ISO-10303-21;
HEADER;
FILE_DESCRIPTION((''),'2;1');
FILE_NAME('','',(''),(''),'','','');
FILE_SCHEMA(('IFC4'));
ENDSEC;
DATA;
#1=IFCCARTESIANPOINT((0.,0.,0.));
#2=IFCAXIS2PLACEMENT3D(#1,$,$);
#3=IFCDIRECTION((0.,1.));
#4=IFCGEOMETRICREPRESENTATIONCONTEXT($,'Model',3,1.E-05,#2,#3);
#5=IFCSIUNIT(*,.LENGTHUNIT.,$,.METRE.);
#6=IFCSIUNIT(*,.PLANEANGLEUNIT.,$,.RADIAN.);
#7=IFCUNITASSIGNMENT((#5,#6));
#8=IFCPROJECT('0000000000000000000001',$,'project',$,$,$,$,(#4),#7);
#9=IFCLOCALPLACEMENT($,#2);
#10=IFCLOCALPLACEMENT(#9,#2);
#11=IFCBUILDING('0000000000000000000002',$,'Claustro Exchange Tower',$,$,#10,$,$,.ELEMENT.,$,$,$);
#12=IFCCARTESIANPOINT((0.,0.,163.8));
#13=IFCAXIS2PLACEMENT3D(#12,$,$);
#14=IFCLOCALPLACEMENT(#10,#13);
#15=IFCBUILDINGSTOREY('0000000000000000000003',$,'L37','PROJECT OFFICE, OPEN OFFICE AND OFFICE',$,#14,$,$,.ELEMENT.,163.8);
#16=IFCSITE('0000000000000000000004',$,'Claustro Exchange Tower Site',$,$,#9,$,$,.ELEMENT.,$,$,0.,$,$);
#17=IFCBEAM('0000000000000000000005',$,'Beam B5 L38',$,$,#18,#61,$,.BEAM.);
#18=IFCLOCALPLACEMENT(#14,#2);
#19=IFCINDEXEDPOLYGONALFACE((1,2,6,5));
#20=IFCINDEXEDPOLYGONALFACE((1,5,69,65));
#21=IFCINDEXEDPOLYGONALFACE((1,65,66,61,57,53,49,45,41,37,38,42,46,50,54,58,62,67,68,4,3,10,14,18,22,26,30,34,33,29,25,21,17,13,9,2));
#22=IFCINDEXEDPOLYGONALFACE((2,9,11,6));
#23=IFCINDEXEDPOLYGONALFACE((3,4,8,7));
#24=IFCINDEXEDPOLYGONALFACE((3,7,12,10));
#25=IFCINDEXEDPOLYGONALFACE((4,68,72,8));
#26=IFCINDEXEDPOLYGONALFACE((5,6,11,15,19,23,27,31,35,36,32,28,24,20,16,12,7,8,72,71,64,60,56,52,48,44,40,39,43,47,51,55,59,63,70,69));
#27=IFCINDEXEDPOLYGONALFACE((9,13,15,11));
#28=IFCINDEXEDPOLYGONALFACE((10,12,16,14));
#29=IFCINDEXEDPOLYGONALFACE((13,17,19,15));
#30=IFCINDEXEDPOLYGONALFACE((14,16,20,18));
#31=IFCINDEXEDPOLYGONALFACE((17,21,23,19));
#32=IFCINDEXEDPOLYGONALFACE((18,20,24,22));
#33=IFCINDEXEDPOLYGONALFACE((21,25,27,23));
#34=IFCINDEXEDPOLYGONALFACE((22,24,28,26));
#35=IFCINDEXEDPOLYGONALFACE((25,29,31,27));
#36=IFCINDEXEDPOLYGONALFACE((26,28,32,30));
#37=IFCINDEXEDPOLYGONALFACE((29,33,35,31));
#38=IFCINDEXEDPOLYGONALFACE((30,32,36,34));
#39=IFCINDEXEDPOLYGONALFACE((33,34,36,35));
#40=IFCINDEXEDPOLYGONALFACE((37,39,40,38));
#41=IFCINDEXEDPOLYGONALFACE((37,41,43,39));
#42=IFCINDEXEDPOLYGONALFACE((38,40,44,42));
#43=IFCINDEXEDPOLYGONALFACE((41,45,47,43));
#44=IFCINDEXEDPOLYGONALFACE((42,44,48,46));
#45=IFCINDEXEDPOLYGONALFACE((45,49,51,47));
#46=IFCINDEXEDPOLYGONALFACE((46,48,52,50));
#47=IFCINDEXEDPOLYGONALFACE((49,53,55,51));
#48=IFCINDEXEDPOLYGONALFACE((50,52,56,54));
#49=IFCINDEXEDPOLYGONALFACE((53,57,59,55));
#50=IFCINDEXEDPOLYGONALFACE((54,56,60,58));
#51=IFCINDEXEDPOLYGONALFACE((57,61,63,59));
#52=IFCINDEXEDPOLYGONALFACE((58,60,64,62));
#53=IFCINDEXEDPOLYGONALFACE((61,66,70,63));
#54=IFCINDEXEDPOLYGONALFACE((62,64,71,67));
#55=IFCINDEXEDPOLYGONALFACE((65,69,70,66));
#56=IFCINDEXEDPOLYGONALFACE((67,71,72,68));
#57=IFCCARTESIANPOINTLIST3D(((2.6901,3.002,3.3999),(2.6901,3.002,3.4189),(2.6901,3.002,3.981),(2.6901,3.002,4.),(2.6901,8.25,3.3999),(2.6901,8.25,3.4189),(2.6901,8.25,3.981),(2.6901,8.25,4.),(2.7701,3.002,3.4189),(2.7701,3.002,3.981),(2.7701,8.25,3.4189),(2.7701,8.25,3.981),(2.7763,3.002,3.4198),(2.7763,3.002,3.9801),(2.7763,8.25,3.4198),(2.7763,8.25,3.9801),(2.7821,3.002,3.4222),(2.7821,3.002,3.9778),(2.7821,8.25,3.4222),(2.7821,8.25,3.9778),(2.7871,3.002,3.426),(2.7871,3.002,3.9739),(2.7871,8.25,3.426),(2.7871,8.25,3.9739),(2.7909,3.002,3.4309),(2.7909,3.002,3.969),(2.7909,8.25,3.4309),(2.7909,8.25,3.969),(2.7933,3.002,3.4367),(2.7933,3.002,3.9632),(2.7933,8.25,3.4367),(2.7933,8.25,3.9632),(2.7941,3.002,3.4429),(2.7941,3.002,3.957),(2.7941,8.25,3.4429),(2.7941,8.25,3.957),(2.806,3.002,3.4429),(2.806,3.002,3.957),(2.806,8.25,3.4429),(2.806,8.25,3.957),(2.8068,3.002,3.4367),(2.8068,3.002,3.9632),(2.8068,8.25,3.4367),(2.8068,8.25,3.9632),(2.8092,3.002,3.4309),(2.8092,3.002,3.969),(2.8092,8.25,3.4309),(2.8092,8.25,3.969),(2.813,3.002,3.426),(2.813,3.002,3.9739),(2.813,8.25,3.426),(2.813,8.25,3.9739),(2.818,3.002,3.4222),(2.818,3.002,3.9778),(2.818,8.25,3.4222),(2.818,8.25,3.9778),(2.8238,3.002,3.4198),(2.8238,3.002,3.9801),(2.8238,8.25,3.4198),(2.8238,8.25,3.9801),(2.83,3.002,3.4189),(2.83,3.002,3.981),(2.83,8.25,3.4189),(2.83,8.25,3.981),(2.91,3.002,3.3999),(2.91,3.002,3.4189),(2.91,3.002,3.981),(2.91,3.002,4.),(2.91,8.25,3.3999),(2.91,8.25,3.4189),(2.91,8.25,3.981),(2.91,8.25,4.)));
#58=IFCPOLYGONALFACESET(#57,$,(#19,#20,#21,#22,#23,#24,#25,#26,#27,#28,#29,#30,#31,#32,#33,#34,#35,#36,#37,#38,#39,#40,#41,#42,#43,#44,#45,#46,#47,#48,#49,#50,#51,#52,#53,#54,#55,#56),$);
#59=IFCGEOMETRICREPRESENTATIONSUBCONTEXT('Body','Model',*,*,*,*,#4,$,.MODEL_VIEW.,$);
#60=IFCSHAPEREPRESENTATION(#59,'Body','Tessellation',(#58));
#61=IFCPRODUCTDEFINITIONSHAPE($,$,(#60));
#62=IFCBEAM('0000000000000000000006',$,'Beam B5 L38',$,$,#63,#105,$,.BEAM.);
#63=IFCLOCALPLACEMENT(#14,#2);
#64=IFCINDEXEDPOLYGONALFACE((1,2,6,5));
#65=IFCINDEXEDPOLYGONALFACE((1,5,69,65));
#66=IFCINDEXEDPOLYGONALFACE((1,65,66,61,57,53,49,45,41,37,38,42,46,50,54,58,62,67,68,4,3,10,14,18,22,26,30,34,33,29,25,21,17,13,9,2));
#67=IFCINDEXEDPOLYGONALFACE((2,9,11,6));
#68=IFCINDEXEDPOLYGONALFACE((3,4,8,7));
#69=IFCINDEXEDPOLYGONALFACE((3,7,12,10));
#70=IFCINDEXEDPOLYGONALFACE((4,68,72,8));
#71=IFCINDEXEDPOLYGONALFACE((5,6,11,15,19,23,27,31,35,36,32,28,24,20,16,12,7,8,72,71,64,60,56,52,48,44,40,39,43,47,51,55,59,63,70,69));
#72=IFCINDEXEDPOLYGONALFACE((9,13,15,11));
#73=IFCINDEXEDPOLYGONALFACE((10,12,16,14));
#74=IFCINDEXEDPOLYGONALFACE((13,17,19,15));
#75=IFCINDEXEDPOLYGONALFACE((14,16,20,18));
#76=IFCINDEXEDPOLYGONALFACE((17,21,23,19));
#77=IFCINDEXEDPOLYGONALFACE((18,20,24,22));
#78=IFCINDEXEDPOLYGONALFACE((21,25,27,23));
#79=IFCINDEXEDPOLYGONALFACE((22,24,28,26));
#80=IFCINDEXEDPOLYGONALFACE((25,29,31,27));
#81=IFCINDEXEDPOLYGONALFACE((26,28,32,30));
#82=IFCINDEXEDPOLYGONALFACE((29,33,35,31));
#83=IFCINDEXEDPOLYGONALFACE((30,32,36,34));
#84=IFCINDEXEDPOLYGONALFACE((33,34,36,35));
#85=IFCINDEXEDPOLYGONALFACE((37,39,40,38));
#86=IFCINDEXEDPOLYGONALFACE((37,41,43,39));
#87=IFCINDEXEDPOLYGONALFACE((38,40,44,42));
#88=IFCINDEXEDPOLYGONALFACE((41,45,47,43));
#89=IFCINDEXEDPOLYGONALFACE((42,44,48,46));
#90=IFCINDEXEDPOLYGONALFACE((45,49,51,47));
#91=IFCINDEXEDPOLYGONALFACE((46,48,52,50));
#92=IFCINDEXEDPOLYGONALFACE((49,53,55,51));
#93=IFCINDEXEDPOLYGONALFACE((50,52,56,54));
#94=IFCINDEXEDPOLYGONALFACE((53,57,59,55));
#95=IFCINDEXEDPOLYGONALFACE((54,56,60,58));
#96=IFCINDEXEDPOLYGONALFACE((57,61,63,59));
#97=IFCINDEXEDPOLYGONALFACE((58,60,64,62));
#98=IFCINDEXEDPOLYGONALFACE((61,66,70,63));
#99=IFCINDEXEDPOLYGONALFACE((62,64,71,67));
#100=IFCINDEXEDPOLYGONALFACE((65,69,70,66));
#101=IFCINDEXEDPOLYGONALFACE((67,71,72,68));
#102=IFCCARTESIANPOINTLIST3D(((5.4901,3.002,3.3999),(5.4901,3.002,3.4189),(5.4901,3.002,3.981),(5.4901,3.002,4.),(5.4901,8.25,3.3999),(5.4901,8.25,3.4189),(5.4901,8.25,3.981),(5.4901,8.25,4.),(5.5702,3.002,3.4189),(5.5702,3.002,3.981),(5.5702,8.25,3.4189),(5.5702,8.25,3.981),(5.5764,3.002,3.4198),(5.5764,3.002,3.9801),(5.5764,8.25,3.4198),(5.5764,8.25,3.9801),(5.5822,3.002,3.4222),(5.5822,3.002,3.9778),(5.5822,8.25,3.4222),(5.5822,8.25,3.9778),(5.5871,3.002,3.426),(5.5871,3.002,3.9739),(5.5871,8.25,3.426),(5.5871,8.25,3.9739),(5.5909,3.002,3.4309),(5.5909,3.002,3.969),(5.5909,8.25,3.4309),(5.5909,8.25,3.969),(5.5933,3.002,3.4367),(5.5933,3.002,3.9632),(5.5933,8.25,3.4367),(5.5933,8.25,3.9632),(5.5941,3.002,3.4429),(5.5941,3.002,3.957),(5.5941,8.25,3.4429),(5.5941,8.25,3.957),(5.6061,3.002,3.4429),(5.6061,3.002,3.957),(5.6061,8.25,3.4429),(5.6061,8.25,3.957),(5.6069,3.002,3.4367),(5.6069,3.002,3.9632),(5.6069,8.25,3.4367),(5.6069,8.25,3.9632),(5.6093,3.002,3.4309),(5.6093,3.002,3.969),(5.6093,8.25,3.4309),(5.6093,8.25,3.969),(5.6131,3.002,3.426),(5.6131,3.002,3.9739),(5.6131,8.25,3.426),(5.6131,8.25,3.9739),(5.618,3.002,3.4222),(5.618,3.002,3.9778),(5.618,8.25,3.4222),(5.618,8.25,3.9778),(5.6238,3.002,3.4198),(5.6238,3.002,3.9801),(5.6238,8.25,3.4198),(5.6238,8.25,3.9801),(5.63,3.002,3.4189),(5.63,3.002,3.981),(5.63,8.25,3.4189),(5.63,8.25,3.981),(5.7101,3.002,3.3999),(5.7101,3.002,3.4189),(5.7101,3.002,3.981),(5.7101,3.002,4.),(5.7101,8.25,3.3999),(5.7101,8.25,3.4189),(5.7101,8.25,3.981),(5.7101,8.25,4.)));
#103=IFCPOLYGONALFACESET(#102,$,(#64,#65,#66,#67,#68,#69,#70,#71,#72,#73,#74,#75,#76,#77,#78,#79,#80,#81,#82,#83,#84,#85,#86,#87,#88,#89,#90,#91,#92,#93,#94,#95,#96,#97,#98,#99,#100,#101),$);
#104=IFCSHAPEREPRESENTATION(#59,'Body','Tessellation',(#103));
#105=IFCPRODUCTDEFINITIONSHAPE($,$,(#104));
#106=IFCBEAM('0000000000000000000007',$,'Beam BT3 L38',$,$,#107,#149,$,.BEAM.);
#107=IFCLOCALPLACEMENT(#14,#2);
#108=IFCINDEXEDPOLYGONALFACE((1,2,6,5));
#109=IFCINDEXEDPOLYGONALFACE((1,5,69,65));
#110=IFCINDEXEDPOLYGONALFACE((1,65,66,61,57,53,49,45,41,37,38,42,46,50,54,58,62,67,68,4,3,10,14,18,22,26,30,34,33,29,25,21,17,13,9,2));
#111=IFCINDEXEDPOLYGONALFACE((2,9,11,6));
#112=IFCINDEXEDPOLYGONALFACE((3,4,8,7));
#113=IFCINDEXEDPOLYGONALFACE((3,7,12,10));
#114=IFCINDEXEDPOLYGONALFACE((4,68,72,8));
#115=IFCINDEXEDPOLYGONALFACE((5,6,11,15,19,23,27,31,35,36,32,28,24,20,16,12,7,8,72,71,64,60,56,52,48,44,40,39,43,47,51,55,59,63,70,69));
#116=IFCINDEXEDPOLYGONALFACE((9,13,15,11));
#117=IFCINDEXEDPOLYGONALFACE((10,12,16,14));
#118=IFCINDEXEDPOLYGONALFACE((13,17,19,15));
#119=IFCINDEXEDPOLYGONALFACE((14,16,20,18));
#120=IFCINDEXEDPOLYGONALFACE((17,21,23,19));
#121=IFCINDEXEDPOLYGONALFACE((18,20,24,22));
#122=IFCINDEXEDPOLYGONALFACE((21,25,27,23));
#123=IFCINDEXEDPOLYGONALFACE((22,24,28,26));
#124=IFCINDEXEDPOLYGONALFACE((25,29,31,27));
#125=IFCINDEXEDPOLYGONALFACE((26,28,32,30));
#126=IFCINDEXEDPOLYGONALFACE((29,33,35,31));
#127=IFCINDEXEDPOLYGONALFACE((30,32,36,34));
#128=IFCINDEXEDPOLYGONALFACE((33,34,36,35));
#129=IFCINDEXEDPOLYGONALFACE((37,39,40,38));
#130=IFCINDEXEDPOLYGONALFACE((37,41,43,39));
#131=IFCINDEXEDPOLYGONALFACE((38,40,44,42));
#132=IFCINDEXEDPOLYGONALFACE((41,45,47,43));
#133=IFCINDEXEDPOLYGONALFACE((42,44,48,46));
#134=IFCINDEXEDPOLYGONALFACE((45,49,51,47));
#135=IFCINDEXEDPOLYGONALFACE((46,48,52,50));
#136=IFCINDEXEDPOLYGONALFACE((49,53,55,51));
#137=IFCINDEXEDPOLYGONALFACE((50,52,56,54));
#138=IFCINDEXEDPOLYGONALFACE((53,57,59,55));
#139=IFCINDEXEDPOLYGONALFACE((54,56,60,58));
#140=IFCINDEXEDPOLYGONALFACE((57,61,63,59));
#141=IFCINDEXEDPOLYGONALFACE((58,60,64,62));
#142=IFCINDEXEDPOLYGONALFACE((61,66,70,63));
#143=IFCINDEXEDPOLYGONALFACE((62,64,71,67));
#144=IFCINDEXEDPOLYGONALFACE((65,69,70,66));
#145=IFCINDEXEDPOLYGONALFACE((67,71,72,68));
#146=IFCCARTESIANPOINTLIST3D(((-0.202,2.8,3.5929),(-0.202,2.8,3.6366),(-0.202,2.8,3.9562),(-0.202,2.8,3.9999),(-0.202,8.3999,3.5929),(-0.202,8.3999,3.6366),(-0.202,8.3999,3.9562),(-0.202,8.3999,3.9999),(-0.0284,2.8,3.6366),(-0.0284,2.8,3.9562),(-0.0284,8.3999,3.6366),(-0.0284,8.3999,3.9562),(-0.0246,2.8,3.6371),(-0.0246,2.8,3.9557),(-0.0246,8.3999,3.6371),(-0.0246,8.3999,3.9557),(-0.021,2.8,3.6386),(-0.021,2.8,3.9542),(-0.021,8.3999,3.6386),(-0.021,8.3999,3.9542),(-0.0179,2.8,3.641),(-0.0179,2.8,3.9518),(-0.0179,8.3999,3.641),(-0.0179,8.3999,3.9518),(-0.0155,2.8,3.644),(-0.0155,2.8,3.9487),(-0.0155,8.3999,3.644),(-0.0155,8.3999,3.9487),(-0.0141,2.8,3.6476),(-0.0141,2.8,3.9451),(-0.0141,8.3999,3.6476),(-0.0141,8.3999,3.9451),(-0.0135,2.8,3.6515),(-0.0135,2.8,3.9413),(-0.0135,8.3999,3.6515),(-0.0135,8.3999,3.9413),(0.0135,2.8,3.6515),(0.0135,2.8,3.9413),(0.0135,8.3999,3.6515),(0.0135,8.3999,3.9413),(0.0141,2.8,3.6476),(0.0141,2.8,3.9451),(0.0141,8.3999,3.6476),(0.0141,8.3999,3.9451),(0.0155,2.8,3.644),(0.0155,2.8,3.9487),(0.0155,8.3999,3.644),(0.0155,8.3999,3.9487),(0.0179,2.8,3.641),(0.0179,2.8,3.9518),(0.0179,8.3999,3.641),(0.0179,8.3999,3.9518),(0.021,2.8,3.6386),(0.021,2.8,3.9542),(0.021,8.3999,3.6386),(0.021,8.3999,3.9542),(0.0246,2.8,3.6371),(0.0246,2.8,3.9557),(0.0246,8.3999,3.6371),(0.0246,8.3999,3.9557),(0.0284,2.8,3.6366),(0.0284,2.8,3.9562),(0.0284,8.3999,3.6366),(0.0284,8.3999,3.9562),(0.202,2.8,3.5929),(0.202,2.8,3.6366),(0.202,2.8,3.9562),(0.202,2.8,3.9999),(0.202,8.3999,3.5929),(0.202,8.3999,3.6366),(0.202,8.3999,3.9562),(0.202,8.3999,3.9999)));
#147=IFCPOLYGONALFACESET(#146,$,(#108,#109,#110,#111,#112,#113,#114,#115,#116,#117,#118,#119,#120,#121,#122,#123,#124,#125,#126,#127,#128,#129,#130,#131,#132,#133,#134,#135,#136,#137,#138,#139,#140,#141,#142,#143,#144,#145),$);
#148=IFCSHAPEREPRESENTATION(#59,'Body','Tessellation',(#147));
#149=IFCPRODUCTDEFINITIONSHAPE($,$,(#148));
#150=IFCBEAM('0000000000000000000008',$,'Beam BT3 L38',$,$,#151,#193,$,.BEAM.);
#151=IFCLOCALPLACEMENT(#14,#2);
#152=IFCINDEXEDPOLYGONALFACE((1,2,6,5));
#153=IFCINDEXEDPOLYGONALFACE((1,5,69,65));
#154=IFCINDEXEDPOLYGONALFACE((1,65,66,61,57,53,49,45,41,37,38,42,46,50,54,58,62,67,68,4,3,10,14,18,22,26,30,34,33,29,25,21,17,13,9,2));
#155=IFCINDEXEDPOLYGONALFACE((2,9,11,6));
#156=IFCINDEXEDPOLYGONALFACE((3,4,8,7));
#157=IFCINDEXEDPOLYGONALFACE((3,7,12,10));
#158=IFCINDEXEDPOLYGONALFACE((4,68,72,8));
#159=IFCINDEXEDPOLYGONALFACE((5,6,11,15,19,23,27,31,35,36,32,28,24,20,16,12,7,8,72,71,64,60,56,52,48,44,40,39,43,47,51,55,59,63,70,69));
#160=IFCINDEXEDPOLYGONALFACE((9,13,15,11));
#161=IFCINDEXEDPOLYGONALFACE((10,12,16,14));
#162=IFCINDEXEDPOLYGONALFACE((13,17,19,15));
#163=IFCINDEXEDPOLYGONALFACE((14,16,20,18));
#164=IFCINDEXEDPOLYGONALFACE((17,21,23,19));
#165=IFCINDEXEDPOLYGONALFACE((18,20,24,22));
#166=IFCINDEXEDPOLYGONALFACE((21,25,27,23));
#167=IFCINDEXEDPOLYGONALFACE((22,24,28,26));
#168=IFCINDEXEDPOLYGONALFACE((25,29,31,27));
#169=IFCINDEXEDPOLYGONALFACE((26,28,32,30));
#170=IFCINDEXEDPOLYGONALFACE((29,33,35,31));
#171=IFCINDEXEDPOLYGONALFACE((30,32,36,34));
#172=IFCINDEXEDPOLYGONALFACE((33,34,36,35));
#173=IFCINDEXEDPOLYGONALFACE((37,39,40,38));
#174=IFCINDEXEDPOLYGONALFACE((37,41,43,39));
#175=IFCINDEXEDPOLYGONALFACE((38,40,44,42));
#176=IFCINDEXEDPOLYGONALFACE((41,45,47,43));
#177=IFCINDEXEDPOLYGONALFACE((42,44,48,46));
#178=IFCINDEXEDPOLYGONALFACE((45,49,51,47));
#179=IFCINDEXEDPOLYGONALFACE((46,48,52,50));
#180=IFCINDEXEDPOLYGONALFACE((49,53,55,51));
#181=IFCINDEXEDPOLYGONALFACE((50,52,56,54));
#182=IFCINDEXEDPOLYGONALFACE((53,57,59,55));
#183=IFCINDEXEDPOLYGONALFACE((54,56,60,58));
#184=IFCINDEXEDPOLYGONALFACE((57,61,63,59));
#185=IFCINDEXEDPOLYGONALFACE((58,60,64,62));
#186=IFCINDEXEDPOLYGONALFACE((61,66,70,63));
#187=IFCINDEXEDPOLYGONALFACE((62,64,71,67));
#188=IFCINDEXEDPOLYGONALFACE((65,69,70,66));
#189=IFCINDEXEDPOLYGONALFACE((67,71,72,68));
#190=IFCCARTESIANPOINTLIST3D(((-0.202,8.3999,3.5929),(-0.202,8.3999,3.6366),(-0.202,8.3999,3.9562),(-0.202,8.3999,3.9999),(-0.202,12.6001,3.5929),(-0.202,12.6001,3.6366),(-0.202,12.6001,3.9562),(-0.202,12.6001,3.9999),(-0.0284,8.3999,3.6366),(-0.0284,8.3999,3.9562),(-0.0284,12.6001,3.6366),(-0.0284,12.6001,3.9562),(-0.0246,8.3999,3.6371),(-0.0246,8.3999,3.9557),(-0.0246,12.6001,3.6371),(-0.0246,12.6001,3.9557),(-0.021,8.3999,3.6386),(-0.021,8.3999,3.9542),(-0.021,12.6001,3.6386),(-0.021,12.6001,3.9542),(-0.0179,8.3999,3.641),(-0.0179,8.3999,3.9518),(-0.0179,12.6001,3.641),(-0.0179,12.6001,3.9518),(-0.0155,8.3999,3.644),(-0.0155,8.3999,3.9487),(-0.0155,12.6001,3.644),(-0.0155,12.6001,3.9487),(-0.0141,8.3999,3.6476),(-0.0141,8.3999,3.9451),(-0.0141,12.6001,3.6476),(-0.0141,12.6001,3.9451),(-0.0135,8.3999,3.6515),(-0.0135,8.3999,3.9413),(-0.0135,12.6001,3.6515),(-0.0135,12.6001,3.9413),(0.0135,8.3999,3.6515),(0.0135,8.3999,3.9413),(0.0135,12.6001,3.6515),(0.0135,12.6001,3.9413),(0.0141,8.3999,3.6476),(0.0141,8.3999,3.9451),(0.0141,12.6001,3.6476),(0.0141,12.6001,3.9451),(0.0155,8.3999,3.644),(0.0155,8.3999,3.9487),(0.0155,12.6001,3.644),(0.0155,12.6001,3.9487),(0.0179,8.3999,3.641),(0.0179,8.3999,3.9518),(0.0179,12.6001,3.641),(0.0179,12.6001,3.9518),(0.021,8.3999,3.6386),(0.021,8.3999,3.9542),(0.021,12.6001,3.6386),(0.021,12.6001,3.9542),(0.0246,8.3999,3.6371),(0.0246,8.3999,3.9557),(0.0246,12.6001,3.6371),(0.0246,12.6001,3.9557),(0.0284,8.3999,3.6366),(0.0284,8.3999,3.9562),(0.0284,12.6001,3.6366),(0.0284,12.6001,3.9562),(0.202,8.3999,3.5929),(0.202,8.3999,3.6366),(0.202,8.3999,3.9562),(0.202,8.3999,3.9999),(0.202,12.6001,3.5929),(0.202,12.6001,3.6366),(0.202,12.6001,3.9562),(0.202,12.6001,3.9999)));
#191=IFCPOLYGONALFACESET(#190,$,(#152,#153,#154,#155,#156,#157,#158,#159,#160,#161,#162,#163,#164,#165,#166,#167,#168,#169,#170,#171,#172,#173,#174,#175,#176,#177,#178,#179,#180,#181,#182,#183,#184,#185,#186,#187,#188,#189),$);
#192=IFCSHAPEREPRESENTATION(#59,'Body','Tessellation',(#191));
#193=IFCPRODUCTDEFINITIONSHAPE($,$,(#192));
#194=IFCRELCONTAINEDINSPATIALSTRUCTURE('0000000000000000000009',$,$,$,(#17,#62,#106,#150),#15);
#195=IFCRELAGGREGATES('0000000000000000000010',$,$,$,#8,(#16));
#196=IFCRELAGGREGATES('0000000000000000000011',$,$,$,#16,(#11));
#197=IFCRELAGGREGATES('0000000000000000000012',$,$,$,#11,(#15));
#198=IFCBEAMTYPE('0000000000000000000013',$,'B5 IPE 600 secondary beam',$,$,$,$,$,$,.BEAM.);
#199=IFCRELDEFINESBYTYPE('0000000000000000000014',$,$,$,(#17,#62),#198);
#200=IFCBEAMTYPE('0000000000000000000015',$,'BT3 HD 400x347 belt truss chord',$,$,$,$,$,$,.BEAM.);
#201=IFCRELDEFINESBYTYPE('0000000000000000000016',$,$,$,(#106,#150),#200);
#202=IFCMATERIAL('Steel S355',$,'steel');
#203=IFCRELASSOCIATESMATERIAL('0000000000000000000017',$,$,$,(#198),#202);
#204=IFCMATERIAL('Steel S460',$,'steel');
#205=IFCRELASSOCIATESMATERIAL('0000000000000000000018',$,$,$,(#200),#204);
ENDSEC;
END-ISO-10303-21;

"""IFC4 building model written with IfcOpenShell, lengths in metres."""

from ifc_helpers import new_model, si_unit, direction, frame, origin, origin_2d, place, context, subcontext, project, spatial, i_section, extrude, material, material_profile, profile_set, type_object, element, save


model = new_model("IFC4")

# Units and contexts
model_context = context("Model", 3, precision=1e-05, world=origin(), true_north=direction((0.0, 1.0)))
body_context = subcontext(model_context, "Body", "Model", "MODEL_VIEW")
ifc_project = project(units=[si_unit("LENGTHUNIT", "METRE"), si_unit("PLANEANGLEUNIT", "RADIAN")], contexts=[model_context])

# Site, building, storey
site_placement = place(None, origin())
site = spatial("IfcSite", under=ifc_project, at=site_placement, Name="Claustro Exchange Tower Site", CompositionType="ELEMENT", RefElevation=0.0)
building_placement = place(site_placement, origin())
building = spatial("IfcBuilding", under=site, at=building_placement, Name="Claustro Exchange Tower", CompositionType="ELEMENT")
storey_placement = place(building_placement, frame((0.0, 0.0, 163.8)))
storey = spatial("IfcBuildingStorey", under=building, at=storey_placement, Name="L37", Description="PROJECT OFFICE, OPEN OFFICE AND OFFICE", CompositionType="ELEMENT", Elevation=163.8)

# Beams
ifc_material_1 = material(Name="Steel S355", Category="steel")
ifc_material_profile_1 = material_profile(ifc_material_1, i_section(OverallWidth=0.22, OverallDepth=0.6001, WebThickness=0.012, FlangeThickness=0.019, FilletRadius=0.0239, at=origin_2d()), Name="IPE 600")
ifc_profile_set_1 = profile_set([ifc_material_profile_1], Name="Steel S355")
beam_type_1 = type_object("IfcBeamType", Name="B5 IPE 600 secondary beam", PredefinedType="BEAM", material=ifc_profile_set_1)
for number, where, z_axis, x_axis, name in (
    (1, (2.8, 3.002, 3.7), (0.0, 1.0, 0.0), (-1.0, 0.0, 0.0), "Beam B5 L38"),
    (2, (5.6001, 3.002, 3.7), (0.0, 1.0, 0.0), (-1.0, 0.0, 0.0), "Beam B5 L38"),
):
    element("IfcBeam", number, at=place(storey_placement, frame(where, z_axis=z_axis, x_axis=x_axis)), inside=storey, type_object=beam_type_1, Name=name, PredefinedType="BEAM", context=body_context, shape_type="SweptSolid", body=[
        extrude(i_section(OverallWidth=0.22, OverallDepth=0.6001, WebThickness=0.012, FlangeThickness=0.019, FilletRadius=0.0239, at=origin_2d()), origin(), (0.0, 0.0, 1.0), 5.248),
    ])
ifc_material_2 = material(Name="Steel S460", Category="steel")
ifc_material_profile_2 = material_profile(ifc_material_2, i_section(OverallWidth=0.4041, OverallDepth=0.407, WebThickness=0.0271, FlangeThickness=0.0437, FilletRadius=0.0149, at=origin_2d()), Name="HD 400x347")
ifc_profile_set_2 = profile_set([ifc_material_profile_2], Name="Steel S460")
beam_type_2 = type_object("IfcBeamType", Name="BT3 HD 400x347 belt truss chord", PredefinedType="BEAM", material=ifc_profile_set_2)
beam_1_placement = place(storey_placement, frame((0.0, 2.8, 3.7964), z_axis=(0.0, 1.0, 0.0), x_axis=(-1.0, 0.0, 0.0)))
element("IfcBeam", 3, at=beam_1_placement, inside=storey, type_object=beam_type_2, Name="Beam BT3 L38", PredefinedType="BEAM", context=body_context, shape_type="SweptSolid", body=[
    extrude(i_section(OverallWidth=0.4041, OverallDepth=0.407, WebThickness=0.0271, FlangeThickness=0.0437, FilletRadius=0.0149, at=origin_2d()), origin(), (0.0, 0.0, 1.0), 5.5999),
])
beam_2_placement = place(storey_placement, frame((0.0, 8.3999, 3.7964), z_axis=(0.0, 1.0, 0.0), x_axis=(-1.0, 0.0, 0.0)))
element("IfcBeam", 4, at=beam_2_placement, inside=storey, type_object=beam_type_2, Name="Beam BT3 L38", PredefinedType="BEAM", context=body_context, shape_type="SweptSolid", body=[
    extrude(i_section(OverallWidth=0.4041, OverallDepth=0.407, WebThickness=0.0271, FlangeThickness=0.0437, FilletRadius=0.0149, at=origin_2d()), origin(), (0.0, 0.0, 1.0), 4.2002),
])

save(model, "model.ifc")
